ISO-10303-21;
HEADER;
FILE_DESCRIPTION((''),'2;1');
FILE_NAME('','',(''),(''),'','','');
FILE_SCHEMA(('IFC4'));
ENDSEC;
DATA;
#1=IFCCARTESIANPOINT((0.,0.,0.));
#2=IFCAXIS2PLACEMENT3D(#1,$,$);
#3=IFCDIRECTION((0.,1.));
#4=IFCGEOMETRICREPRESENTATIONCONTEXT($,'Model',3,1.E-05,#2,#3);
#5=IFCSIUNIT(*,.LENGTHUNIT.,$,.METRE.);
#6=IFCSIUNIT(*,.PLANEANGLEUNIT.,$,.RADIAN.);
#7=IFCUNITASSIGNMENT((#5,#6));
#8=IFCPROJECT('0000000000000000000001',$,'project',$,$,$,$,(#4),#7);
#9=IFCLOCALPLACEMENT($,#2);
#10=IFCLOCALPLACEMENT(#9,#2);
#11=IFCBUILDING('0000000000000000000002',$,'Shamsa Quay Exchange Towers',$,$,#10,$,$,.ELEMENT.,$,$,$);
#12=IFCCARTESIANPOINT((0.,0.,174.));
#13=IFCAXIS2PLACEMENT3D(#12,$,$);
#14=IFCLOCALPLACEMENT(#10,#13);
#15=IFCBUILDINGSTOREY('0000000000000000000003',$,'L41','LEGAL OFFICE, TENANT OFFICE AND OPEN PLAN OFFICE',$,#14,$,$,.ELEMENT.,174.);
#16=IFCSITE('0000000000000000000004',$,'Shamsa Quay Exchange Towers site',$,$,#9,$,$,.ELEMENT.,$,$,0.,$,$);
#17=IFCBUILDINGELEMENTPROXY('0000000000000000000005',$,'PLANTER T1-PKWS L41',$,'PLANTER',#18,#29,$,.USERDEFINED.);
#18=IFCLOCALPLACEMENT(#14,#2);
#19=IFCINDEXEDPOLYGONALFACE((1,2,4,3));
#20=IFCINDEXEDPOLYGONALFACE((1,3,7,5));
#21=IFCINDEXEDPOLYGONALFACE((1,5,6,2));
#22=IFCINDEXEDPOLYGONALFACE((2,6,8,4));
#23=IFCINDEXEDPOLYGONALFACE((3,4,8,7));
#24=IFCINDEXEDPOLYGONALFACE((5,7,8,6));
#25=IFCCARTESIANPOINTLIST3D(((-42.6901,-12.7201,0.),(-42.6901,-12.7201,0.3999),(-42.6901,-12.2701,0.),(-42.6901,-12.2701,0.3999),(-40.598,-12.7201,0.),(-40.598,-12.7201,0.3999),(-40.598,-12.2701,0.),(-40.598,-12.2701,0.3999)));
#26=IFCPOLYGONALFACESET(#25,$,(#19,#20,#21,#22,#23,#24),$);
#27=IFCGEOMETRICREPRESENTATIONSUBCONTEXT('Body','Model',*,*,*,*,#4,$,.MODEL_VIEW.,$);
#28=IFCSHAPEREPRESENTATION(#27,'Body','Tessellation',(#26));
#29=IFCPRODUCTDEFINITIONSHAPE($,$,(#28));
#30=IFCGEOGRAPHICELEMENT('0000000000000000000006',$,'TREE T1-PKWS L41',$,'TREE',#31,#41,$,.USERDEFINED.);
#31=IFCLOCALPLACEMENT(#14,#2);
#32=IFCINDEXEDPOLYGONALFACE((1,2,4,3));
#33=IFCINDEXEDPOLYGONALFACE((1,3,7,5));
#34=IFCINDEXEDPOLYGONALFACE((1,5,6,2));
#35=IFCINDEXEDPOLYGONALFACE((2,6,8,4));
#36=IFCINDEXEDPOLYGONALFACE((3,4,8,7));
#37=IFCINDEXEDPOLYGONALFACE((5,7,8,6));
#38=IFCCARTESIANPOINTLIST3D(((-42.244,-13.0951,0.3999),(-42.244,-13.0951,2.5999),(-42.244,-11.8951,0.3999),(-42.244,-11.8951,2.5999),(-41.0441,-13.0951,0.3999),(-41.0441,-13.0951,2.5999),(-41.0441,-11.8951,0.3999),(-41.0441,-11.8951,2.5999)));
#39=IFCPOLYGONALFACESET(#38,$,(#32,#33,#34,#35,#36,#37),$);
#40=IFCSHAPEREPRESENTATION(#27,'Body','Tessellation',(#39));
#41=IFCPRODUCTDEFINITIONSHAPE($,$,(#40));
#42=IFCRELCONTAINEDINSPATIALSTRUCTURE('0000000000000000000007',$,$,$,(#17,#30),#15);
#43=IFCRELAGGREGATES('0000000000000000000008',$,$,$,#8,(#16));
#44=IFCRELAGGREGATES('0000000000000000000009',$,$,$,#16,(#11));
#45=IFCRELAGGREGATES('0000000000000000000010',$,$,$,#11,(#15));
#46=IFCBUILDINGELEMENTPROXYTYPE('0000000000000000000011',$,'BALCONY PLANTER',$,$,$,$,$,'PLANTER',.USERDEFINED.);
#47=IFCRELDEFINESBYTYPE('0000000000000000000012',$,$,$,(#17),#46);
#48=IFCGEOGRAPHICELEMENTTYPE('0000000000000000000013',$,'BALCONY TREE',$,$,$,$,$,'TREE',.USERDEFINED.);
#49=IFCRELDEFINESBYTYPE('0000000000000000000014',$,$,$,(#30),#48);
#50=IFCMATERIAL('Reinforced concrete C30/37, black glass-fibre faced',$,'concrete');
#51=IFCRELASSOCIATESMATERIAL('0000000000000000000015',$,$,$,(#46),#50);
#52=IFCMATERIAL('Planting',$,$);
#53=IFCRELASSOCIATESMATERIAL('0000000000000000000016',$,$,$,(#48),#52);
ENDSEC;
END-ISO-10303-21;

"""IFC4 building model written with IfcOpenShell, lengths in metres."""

from ifc_helpers import new_model, si_unit, direction, frame, origin, origin_2d, place, context, subcontext, project, spatial, rectangle, extrude, material, type_object, element, save


model = new_model("IFC4")

# Units and contexts
model_context = context("Model", 3, precision=1e-05, world=origin(), true_north=direction((0.0, 1.0)))
body_context = subcontext(model_context, "Body", "Model", "MODEL_VIEW")
ifc_project = project(units=[si_unit("LENGTHUNIT", "METRE"), si_unit("PLANEANGLEUNIT", "RADIAN")], contexts=[model_context])

# Site, building, storey
site_placement = place(None, origin())
site = spatial("IfcSite", under=ifc_project, at=site_placement, Name="Shamsa Quay Exchange Towers site", CompositionType="ELEMENT", RefElevation=0.0)
building_placement = place(site_placement, origin())
building = spatial("IfcBuilding", under=site, at=building_placement, Name="Shamsa Quay Exchange Towers", CompositionType="ELEMENT")
storey_placement = place(building_placement, frame((0.0, 0.0, 174.0)))
storey = spatial("IfcBuildingStorey", under=building, at=storey_placement, Name="L41", Description="LEGAL OFFICE, TENANT OFFICE AND OPEN PLAN OFFICE", CompositionType="ELEMENT", Elevation=174.0)

# Building element proxy
ifc_material_1 = material(Name="Reinforced concrete C30/37, black glass-fibre faced", Category="concrete")
building_element_proxy_type = type_object("IfcBuildingElementProxyType", Name="BALCONY PLANTER", ElementType="PLANTER", PredefinedType="USERDEFINED", material=ifc_material_1)
proxy_placement = place(storey_placement, frame((-41.644, -12.4951, 0.0)))
element("IfcBuildingElementProxy", 1, at=proxy_placement, inside=storey, type_object=building_element_proxy_type, Name="PLANTER T1-PKWS L41", ObjectType="PLANTER", PredefinedType="USERDEFINED", context=body_context, shape_type="SweptSolid", body=[
    extrude(rectangle(XDim=2.092, YDim=0.45, at=origin_2d()), origin(), (0.0, 0.0, 1.0), 0.3999),
])

# Geographic element
ifc_material_2 = material(Name="Planting")
geographic_element_type = type_object("IfcGeographicElementType", Name="BALCONY TREE", ElementType="TREE", PredefinedType="USERDEFINED", material=ifc_material_2)
geographic_element_placement = place(storey_placement, frame((-41.644, -12.4951, 0.3999)))
element("IfcGeographicElement", 2, at=geographic_element_placement, inside=storey, type_object=geographic_element_type, Name="TREE T1-PKWS L41", ObjectType="TREE", PredefinedType="USERDEFINED", context=body_context, shape_type="SweptSolid", body=[
    extrude(rectangle(XDim=1.2, YDim=1.2, at=origin_2d()), origin(), (0.0, 0.0, 1.0), 2.2),
])

save(model, "model.ifc")
